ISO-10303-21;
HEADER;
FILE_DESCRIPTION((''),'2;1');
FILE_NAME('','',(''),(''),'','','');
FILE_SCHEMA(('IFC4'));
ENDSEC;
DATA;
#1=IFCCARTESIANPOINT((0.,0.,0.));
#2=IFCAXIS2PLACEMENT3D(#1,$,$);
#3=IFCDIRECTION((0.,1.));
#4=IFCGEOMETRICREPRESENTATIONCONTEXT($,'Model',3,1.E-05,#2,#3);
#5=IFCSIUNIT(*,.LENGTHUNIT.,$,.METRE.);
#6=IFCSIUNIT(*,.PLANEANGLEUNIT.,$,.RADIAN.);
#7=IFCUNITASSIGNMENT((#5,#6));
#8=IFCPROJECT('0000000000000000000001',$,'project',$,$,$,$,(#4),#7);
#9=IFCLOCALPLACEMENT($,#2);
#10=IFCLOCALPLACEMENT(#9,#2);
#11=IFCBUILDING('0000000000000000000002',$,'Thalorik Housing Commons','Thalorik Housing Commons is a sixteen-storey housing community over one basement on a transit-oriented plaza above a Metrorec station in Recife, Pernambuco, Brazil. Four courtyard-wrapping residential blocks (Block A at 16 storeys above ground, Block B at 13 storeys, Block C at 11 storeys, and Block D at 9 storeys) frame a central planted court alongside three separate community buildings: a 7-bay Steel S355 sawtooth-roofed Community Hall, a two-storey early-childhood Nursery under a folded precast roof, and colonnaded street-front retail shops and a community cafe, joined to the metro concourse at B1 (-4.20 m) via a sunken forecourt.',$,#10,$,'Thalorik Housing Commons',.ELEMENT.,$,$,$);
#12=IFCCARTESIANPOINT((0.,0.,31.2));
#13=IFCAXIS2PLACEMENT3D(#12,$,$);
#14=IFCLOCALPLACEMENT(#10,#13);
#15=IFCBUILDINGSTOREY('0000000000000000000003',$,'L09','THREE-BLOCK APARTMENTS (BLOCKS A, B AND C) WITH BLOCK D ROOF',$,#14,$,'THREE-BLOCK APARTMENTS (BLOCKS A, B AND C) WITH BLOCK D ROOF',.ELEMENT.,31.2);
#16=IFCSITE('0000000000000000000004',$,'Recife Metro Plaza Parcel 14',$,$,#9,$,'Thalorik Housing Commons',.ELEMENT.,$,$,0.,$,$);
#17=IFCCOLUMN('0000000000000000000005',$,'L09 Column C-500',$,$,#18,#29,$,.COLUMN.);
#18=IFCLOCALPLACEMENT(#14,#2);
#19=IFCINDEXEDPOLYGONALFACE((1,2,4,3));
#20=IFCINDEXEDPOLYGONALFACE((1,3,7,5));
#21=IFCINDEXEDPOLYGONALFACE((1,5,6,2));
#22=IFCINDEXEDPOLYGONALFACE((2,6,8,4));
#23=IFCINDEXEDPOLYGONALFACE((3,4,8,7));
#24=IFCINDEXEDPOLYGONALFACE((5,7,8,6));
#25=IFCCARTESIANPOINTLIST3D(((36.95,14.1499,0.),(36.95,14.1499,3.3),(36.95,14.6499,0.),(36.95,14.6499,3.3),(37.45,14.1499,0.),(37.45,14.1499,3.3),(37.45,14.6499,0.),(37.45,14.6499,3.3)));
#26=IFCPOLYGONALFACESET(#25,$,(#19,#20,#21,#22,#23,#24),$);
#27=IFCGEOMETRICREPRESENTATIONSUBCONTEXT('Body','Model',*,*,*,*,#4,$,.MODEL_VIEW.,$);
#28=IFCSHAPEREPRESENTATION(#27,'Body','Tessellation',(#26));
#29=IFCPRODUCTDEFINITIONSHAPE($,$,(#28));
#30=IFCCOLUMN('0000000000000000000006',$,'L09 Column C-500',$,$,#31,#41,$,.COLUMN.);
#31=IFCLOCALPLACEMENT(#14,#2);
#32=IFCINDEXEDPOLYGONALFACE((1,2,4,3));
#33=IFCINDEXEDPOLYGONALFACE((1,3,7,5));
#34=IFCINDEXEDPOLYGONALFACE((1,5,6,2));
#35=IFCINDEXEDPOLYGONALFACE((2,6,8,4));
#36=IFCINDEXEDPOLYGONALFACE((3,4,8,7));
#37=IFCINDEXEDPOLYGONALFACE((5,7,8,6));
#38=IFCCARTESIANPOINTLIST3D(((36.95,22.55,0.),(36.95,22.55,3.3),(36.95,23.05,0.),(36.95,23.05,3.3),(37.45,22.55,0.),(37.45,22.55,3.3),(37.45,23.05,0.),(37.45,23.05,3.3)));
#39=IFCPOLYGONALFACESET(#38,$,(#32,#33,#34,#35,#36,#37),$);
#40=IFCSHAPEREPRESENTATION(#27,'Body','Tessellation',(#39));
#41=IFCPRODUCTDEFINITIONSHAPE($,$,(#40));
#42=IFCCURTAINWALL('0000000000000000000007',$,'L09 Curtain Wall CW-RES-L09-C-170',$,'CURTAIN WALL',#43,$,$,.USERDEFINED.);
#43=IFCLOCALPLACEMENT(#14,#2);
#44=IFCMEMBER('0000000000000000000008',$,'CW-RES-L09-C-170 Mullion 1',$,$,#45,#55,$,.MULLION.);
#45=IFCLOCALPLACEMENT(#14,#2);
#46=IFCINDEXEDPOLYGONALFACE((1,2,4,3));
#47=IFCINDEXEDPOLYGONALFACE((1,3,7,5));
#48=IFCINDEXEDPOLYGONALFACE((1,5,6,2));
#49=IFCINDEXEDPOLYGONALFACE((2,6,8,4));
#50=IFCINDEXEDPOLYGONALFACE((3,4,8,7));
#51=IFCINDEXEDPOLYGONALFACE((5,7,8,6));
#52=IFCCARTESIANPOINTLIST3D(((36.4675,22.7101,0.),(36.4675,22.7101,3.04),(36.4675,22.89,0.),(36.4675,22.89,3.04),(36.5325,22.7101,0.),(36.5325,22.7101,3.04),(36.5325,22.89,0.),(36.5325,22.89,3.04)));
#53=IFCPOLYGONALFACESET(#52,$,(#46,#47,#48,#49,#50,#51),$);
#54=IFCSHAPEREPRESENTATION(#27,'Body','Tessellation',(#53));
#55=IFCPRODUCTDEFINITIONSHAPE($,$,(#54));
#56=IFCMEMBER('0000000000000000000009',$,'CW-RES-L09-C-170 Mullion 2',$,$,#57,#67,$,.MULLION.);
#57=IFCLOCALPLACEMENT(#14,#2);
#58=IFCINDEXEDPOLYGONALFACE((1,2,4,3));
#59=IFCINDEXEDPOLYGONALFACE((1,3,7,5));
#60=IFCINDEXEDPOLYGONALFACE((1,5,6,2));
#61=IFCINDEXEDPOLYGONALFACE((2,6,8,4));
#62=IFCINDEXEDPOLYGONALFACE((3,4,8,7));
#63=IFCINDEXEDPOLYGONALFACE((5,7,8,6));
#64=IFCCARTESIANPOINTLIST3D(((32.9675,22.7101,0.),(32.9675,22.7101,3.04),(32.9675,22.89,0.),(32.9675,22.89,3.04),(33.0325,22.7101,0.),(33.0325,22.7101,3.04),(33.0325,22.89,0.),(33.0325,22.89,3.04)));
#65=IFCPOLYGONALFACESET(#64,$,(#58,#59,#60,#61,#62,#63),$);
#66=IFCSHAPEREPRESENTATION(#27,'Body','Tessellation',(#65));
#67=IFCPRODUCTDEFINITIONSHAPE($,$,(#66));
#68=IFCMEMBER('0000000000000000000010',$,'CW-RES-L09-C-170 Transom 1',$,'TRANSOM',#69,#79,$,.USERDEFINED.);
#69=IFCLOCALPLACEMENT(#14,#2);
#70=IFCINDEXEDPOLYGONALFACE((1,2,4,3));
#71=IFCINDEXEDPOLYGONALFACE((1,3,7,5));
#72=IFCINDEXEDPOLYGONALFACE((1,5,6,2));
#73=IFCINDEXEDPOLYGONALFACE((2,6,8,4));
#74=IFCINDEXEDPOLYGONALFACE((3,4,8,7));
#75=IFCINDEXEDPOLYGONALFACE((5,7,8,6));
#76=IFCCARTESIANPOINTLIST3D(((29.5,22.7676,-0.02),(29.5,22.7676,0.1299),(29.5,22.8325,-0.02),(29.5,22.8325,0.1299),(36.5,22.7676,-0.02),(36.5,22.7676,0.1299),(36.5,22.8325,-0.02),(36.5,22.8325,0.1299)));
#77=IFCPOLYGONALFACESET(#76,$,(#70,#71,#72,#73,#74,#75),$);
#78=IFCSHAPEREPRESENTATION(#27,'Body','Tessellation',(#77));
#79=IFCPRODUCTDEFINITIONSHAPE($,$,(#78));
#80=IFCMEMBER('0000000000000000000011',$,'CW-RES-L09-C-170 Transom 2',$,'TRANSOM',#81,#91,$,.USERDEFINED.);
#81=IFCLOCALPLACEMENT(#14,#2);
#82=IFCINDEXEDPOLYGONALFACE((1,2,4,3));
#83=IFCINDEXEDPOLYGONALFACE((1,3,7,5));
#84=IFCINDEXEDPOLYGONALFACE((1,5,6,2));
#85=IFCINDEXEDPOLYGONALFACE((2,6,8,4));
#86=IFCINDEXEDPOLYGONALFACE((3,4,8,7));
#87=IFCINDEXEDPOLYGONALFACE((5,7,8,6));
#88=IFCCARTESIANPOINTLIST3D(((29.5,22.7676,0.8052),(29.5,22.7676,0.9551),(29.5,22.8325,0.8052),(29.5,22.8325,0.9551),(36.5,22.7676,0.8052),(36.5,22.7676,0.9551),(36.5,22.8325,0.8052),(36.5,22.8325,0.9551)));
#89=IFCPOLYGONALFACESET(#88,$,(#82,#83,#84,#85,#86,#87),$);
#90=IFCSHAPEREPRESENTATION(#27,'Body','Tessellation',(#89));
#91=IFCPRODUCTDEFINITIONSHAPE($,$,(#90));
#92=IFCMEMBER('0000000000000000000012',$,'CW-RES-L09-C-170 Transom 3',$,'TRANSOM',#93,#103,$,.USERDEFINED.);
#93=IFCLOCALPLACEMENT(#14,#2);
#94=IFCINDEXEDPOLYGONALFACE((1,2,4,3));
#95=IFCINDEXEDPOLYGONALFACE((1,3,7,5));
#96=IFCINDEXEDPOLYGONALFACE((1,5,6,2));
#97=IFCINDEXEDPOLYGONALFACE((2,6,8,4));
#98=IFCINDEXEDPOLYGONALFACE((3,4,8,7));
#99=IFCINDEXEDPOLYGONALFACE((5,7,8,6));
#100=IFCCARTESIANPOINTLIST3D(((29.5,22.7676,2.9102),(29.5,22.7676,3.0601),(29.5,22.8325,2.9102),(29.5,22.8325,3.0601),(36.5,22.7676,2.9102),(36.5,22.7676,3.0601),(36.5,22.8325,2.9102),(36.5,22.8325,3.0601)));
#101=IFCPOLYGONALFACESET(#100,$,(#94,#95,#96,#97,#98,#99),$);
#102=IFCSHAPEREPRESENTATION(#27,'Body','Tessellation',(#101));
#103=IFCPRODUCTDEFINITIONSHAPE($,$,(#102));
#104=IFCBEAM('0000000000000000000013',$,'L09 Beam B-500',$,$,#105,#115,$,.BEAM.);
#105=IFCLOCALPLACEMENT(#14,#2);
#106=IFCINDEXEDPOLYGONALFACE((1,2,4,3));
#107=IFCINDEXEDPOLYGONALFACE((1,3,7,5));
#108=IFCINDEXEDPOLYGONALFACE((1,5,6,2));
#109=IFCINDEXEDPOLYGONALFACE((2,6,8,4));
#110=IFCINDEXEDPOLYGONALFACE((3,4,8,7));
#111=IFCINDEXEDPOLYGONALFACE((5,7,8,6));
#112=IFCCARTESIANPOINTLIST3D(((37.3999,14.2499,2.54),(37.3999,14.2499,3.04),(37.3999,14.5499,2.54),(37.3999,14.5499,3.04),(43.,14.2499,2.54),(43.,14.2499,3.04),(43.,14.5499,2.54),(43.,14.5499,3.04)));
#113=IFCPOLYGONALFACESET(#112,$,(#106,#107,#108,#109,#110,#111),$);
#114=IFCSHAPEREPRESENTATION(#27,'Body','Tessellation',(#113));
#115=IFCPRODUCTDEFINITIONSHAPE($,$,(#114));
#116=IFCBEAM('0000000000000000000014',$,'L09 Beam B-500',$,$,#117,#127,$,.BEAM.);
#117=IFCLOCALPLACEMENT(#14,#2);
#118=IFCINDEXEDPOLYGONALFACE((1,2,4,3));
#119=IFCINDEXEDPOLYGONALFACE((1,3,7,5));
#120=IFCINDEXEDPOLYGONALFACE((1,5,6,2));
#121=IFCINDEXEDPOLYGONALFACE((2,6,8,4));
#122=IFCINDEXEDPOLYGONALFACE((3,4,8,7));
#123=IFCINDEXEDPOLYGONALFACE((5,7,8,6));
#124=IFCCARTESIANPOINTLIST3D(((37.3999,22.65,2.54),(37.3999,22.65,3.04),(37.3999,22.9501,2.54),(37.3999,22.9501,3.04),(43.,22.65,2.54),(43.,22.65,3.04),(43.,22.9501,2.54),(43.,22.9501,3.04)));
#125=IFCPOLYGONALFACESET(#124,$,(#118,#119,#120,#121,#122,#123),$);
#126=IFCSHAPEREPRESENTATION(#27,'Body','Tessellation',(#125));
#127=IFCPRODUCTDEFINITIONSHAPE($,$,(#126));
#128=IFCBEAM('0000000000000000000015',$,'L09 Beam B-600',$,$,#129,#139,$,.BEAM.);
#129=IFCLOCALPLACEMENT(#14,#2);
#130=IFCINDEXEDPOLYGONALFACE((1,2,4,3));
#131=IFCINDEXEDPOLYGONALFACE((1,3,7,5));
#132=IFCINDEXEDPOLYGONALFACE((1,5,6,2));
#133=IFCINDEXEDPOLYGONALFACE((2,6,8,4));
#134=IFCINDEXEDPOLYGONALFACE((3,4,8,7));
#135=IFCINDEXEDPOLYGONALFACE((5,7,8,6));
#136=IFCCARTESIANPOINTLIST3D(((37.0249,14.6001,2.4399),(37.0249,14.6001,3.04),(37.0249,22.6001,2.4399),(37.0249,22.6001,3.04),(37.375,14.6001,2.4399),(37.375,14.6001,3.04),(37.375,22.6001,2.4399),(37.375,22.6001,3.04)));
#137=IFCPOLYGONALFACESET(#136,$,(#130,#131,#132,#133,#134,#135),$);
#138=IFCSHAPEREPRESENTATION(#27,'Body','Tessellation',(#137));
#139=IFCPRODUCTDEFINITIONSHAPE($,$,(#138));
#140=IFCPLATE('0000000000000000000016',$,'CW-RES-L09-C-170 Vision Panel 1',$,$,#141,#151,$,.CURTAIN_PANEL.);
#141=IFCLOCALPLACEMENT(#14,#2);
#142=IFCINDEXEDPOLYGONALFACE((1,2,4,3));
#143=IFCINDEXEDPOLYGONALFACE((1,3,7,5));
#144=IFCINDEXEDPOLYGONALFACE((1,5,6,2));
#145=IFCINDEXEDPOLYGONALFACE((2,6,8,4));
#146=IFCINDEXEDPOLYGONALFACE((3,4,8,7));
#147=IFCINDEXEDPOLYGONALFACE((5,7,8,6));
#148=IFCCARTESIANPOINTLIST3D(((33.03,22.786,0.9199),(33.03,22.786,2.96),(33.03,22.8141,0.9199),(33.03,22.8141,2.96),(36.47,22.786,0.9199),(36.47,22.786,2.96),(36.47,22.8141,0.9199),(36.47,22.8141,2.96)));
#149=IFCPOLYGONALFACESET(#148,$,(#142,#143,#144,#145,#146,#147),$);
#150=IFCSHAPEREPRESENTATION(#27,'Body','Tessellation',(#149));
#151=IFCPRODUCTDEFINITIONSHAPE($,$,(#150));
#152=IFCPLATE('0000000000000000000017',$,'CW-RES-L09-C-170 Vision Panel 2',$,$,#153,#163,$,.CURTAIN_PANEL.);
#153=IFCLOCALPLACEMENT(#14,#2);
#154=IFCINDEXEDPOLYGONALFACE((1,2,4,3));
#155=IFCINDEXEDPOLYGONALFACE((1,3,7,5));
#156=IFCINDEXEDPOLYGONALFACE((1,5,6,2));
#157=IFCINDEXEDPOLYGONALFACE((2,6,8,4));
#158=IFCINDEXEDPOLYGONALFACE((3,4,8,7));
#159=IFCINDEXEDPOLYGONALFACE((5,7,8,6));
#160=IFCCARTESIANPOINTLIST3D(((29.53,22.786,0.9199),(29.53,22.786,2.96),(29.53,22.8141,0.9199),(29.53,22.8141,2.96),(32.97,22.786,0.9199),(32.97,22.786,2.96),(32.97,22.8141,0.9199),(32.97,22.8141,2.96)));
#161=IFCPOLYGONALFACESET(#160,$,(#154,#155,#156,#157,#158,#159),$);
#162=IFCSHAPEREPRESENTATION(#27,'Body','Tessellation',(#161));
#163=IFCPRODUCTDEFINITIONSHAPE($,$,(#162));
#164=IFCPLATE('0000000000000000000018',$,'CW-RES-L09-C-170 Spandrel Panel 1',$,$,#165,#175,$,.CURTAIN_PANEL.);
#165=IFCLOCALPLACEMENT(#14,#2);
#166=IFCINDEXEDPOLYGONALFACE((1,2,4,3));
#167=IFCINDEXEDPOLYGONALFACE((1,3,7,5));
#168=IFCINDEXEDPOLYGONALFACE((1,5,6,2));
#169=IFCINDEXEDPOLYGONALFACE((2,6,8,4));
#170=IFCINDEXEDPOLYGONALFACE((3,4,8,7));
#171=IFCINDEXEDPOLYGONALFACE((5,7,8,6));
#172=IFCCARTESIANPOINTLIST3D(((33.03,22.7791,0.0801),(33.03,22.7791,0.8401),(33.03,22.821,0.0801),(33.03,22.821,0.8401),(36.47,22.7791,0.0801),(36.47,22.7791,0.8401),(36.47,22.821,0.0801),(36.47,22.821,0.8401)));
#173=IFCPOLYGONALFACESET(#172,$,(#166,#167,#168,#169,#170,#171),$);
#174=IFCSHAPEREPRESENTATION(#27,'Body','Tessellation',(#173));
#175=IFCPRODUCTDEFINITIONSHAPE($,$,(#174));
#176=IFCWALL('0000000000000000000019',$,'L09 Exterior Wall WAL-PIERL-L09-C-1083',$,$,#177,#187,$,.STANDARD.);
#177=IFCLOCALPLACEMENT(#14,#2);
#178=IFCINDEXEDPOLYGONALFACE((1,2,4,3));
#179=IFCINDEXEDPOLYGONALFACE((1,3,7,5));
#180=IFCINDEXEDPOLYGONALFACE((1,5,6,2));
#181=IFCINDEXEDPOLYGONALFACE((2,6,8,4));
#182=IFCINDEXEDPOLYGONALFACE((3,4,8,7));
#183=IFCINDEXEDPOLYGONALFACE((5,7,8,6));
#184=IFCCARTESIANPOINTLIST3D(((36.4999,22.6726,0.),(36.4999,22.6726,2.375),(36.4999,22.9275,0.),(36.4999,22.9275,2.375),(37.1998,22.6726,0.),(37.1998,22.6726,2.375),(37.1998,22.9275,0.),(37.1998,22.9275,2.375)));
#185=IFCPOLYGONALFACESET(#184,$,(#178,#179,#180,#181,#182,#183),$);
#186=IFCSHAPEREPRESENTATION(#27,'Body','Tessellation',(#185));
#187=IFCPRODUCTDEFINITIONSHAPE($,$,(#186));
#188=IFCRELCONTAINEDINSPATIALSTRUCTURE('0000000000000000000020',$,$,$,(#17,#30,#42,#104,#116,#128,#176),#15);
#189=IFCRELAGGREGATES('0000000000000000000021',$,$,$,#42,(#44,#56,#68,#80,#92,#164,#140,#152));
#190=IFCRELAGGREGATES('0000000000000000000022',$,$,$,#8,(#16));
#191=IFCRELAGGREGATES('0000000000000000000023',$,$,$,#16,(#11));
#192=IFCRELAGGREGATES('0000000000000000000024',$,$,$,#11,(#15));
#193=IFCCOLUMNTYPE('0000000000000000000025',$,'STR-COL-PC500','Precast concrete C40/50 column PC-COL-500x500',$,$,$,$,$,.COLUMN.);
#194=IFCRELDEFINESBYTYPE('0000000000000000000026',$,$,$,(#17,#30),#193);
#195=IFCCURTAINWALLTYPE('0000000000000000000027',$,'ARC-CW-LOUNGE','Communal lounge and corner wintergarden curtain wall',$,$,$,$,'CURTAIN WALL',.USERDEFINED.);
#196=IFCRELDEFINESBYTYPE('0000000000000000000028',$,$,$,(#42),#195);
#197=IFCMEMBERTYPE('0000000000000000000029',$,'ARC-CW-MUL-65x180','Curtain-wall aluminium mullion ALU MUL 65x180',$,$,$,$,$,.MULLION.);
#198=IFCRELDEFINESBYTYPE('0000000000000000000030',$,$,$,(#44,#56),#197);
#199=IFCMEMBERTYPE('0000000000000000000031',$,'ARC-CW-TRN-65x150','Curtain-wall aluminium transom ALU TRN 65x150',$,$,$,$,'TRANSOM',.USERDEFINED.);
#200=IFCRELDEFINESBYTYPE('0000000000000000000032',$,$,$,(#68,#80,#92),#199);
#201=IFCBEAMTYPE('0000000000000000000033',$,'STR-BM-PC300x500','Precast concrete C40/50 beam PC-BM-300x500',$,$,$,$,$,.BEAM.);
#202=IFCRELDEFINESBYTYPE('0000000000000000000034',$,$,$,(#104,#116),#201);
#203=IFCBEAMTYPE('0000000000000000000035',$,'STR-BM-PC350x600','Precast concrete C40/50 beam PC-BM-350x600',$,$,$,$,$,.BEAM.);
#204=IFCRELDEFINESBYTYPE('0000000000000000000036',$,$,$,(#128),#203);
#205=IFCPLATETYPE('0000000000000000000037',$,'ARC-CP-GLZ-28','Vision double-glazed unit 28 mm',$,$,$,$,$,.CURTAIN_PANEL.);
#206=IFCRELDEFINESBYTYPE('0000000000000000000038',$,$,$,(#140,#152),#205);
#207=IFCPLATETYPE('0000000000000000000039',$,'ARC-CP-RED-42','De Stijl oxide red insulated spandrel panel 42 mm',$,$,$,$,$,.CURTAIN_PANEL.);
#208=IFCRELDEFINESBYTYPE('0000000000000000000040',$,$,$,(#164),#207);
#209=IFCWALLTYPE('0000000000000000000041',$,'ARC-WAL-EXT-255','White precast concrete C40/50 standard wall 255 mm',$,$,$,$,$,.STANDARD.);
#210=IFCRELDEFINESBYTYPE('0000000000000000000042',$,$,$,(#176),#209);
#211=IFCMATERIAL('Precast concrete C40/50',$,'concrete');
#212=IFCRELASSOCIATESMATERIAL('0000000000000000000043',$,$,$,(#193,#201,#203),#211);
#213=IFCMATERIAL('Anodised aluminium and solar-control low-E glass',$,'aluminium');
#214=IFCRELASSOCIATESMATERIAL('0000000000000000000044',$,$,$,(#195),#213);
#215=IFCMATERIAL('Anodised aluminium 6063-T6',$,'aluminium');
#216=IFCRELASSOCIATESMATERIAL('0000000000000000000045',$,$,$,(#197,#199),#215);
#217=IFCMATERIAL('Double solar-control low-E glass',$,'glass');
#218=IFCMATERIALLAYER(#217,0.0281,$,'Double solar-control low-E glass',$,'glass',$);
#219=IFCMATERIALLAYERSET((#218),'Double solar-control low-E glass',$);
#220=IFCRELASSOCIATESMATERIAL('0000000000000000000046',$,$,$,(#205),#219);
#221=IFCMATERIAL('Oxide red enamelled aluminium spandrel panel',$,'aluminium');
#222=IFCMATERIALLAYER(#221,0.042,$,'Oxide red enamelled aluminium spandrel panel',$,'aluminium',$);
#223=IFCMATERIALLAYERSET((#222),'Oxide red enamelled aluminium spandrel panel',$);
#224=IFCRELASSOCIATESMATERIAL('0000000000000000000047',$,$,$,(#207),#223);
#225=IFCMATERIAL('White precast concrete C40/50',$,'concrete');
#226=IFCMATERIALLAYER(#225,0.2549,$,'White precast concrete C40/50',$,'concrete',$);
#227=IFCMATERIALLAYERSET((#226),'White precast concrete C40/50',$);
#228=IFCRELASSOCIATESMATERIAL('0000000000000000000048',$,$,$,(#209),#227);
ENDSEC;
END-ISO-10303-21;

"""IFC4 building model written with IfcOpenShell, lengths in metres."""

from ifc_helpers import new_model, si_unit, direction, frame, frame_2d, origin, origin_2d, place, context, subcontext, project, spatial, rectangle, extrude, material, layer, layer_set, material_profile, profile_set, type_object, element, aggregate, save


model = new_model("IFC4")

# Units and contexts
model_context = context("Model", 3, precision=1e-05, world=origin(), true_north=direction((0.0, 1.0)))
body_context = subcontext(model_context, "Body", "Model", "MODEL_VIEW")
ifc_project = project(units=[si_unit("LENGTHUNIT", "METRE"), si_unit("PLANEANGLEUNIT", "RADIAN")], contexts=[model_context])

# Site, building, storey
site_placement = place(None, origin())
site = spatial("IfcSite", under=ifc_project, at=site_placement, Name="Recife Metro Plaza Parcel 14", LongName="Thalorik Housing Commons", CompositionType="ELEMENT", RefElevation=0.0)
building_placement = place(site_placement, origin())
building = spatial("IfcBuilding", under=site, at=building_placement, Name="Thalorik Housing Commons", Description="Thalorik Housing Commons is a sixteen-storey housing community over one basement on a transit-oriented plaza above a Metrorec station in Recife, Pernambuco, Brazil. Four courtyard-wrapping residential blocks (Block A at 16 storeys above ground, Block B at 13 storeys, Block C at 11 storeys, and Block D at 9 storeys) frame a central planted court alongside three separate community buildings: a 7-bay Steel S355 sawtooth-roofed Community Hall, a two-storey early-childhood Nursery under a folded precast roof, and colonnaded street-front retail shops and a community cafe, joined to the metro concourse at B1 (-4.20 m) via a sunken forecourt.", LongName="Thalorik Housing Commons", CompositionType="ELEMENT")
storey_placement = place(building_placement, frame((0.0, 0.0, 31.2)))
storey = spatial("IfcBuildingStorey", under=building, at=storey_placement, Name="L09", Description="THREE-BLOCK APARTMENTS (BLOCKS A, B AND C) WITH BLOCK D ROOF", LongName="THREE-BLOCK APARTMENTS (BLOCKS A, B AND C) WITH BLOCK D ROOF", CompositionType="ELEMENT", Elevation=31.2)

# Columns
ifc_material_1 = material(Name="Precast concrete C40/50", Category="concrete")
ifc_material_profile_1 = material_profile(ifc_material_1, rectangle(XDim=0.5, YDim=0.5, at=origin_2d()), Name="PC 500x500", Category="concrete")
ifc_profile_set_1 = profile_set([ifc_material_profile_1], Name="Precast concrete C40/50")
column_type = type_object("IfcColumnType", Name="STR-COL-PC500", Description="Precast concrete C40/50 column PC-COL-500x500", PredefinedType="COLUMN", material=ifc_profile_set_1)
for number, where, z_axis, x_axis, name in (
    (1, (37.2, 14.3999, 0.0), (0.0, 0.0, 1.0), (1.0, 0.0, 0.0), "L09 Column C-500"),
    (2, (37.2, 22.8, 0.0), (0.0, 0.0, 1.0), (1.0, 0.0, 0.0), "L09 Column C-500"),
):
    element("IfcColumn", number, at=place(storey_placement, frame(where, z_axis=z_axis, x_axis=x_axis)), inside=storey, type_object=column_type, Name=name, PredefinedType="COLUMN", context=body_context, shape_type="SweptSolid", body=[
        extrude(rectangle(XDim=0.5, YDim=0.5, at=origin_2d()), origin(), (0.0, 0.0, 1.0), 3.3),
    ])

# Curtain wall, members
ifc_material_2 = material(Name="Anodised aluminium and solar-control low-E glass", Category="aluminium")
curtain_wall_type = type_object("IfcCurtainWallType", Name="ARC-CW-LOUNGE", Description="Communal lounge and corner wintergarden curtain wall", ElementType="CURTAIN WALL", PredefinedType="USERDEFINED", material=ifc_material_2)
curtain_wall_placement = place(storey_placement, origin())
curtain_wall = element("IfcCurtainWall", 3, at=curtain_wall_placement, inside=storey, type_object=curtain_wall_type, Name="L09 Curtain Wall CW-RES-L09-C-170", ObjectType="CURTAIN WALL", PredefinedType="USERDEFINED")
ifc_material_3 = material(Name="Anodised aluminium 6063-T6", Category="aluminium")
ifc_material_profile_2 = material_profile(ifc_material_3, rectangle(XDim=0.0649, YDim=0.1799, at=origin_2d()), Name="ALU MUL 65x180", Category="aluminium")
ifc_profile_set_2 = profile_set([ifc_material_profile_2], Name="Anodised aluminium 6063-T6")
member_type_1 = type_object("IfcMemberType", Name="ARC-CW-MUL-65x180", Description="Curtain-wall aluminium mullion ALU MUL 65x180", PredefinedType="MULLION", material=ifc_profile_set_2)
member_1_placement = place(storey_placement, frame((36.5, 22.8, 0.0), z_axis=(0.0, 0.0, 1.0), x_axis=(-1.0, 0.0, 0.0)))
member_1 = element("IfcMember", 4, at=member_1_placement, type_object=member_type_1, Name="CW-RES-L09-C-170 Mullion 1", PredefinedType="MULLION", context=body_context, shape_type="SweptSolid", body=[
    extrude(rectangle(XDim=0.0649, YDim=0.1799, at=origin_2d()), origin(), (0.0, 0.0, 1.0), 3.04),
])
member_2_placement = place(storey_placement, frame((33.0, 22.8, 0.0), z_axis=(0.0, 0.0, 1.0), x_axis=(-1.0, 0.0, 0.0)))
member_2 = element("IfcMember", 5, at=member_2_placement, type_object=member_type_1, Name="CW-RES-L09-C-170 Mullion 2", PredefinedType="MULLION", context=body_context, shape_type="SweptSolid", body=[
    extrude(rectangle(XDim=0.0649, YDim=0.1799, at=origin_2d()), origin(), (0.0, 0.0, 1.0), 3.04),
])
ifc_material_profile_3 = material_profile(ifc_material_3, rectangle(XDim=0.0649, YDim=0.1499, at=origin_2d()), Name="ALU TRN 65x150", Category="aluminium")
ifc_profile_set_3 = profile_set([ifc_material_profile_3], Name="Anodised aluminium 6063-T6")
member_type_2 = type_object("IfcMemberType", Name="ARC-CW-TRN-65x150", Description="Curtain-wall aluminium transom ALU TRN 65x150", ElementType="TRANSOM", PredefinedType="USERDEFINED", material=ifc_profile_set_3)
member_3_placement = place(storey_placement, frame((36.5, 22.8, 0.0549), z_axis=(-1.0, 0.0, 0.0), x_axis=(0.0, -1.0, 0.0)))
member_3 = element("IfcMember", 6, at=member_3_placement, type_object=member_type_2, Name="CW-RES-L09-C-170 Transom 1", ObjectType="TRANSOM", PredefinedType="USERDEFINED", context=body_context, shape_type="SweptSolid", body=[
    extrude(rectangle(XDim=0.0649, YDim=0.1499, at=origin_2d()), origin(), (0.0, 0.0, 1.0), 7.0),
])
member_4_placement = place(storey_placement, frame((36.5, 22.8, 0.8801), z_axis=(-1.0, 0.0, 0.0), x_axis=(0.0, -1.0, 0.0)))
member_4 = element("IfcMember", 7, at=member_4_placement, type_object=member_type_2, Name="CW-RES-L09-C-170 Transom 2", ObjectType="TRANSOM", PredefinedType="USERDEFINED", context=body_context, shape_type="SweptSolid", body=[
    extrude(rectangle(XDim=0.0649, YDim=0.1499, at=origin_2d()), origin(), (0.0, 0.0, 1.0), 7.0),
])
member_5_placement = place(storey_placement, frame((36.5, 22.8, 2.9851), z_axis=(-1.0, 0.0, 0.0), x_axis=(0.0, -1.0, 0.0)))
member_5 = element("IfcMember", 8, at=member_5_placement, type_object=member_type_2, Name="CW-RES-L09-C-170 Transom 3", ObjectType="TRANSOM", PredefinedType="USERDEFINED", context=body_context, shape_type="SweptSolid", body=[
    extrude(rectangle(XDim=0.0649, YDim=0.1499, at=origin_2d()), origin(), (0.0, 0.0, 1.0), 7.0),
])

# Beams
ifc_material_profile_4 = material_profile(ifc_material_1, rectangle(XDim=0.3, YDim=0.5, at=origin_2d()), Name="PC 300x500", Category="concrete")
ifc_profile_set_4 = profile_set([ifc_material_profile_4], Name="Precast concrete C40/50")
beam_type_1 = type_object("IfcBeamType", Name="STR-BM-PC300x500", Description="Precast concrete C40/50 beam PC-BM-300x500", PredefinedType="BEAM", material=ifc_profile_set_4)
for number, where, z_axis, x_axis, name in (
    (9, (37.3999, 14.3999, 2.79), (1.0, 0.0, 0.0), (0.0, 1.0, 0.0), "L09 Beam B-500"),
    (10, (37.3999, 22.8, 2.79), (1.0, 0.0, 0.0), (0.0, 1.0, 0.0), "L09 Beam B-500"),
):
    element("IfcBeam", number, at=place(storey_placement, frame(where, z_axis=z_axis, x_axis=x_axis)), inside=storey, type_object=beam_type_1, Name=name, PredefinedType="BEAM", context=body_context, shape_type="SweptSolid", body=[
        extrude(rectangle(XDim=0.3, YDim=0.5, at=origin_2d()), origin(), (0.0, 0.0, 1.0), 5.6001),
    ])
ifc_material_profile_5 = material_profile(ifc_material_1, rectangle(XDim=0.3501, YDim=0.6001, at=origin_2d()), Name="PC 350x600", Category="concrete")
ifc_profile_set_5 = profile_set([ifc_material_profile_5], Name="Precast concrete C40/50")
beam_type_2 = type_object("IfcBeamType", Name="STR-BM-PC350x600", Description="Precast concrete C40/50 beam PC-BM-350x600", PredefinedType="BEAM", material=ifc_profile_set_5)
beam_placement = place(storey_placement, frame((37.2, 14.6001, 2.74), z_axis=(0.0, 1.0, 0.0), x_axis=(-1.0, 0.0, 0.0)))
element("IfcBeam", 11, at=beam_placement, inside=storey, type_object=beam_type_2, Name="L09 Beam B-600", PredefinedType="BEAM", context=body_context, shape_type="SweptSolid", body=[
    extrude(rectangle(XDim=0.3501, YDim=0.6001, at=origin_2d()), origin(), (0.0, 0.0, 1.0), 8.0),
])

# Plates
ifc_material_4 = material(Name="Double solar-control low-E glass", Category="glass")
ifc_layer_1 = layer(ifc_material_4, 0.0281, Name="Double solar-control low-E glass", Category="glass")
ifc_layer_set_1 = layer_set([ifc_layer_1], Name="Double solar-control low-E glass")
plate_type_1 = type_object("IfcPlateType", Name="ARC-CP-GLZ-28", Description="Vision double-glazed unit 28 mm", PredefinedType="CURTAIN_PANEL", material=ifc_layer_set_1)
plate_1_placement = place(storey_placement, frame((34.75, 22.8, 0.9199), z_axis=(0.0, 0.0, 1.0), x_axis=(-1.0, 0.0, 0.0)))
plate_1 = element("IfcPlate", 12, at=plate_1_placement, type_object=plate_type_1, Name="CW-RES-L09-C-170 Vision Panel 1", PredefinedType="CURTAIN_PANEL", context=body_context, shape_type="SweptSolid", body=[
    extrude(rectangle(XDim=3.4399, YDim=0.0281, at=origin_2d()), origin(), (0.0, 0.0, 1.0), 2.04),
])
plate_2_placement = place(storey_placement, frame((31.25, 22.8, 0.9199), z_axis=(0.0, 0.0, 1.0), x_axis=(-1.0, 0.0, 0.0)))
plate_2 = element("IfcPlate", 13, at=plate_2_placement, type_object=plate_type_1, Name="CW-RES-L09-C-170 Vision Panel 2", PredefinedType="CURTAIN_PANEL", context=body_context, shape_type="SweptSolid", body=[
    extrude(rectangle(XDim=3.4399, YDim=0.0281, at=origin_2d()), origin(), (0.0, 0.0, 1.0), 2.04),
])
ifc_material_5 = material(Name="Oxide red enamelled aluminium spandrel panel", Category="aluminium")
ifc_layer_2 = layer(ifc_material_5, 0.042, Name="Oxide red enamelled aluminium spandrel panel", Category="aluminium")
ifc_layer_set_2 = layer_set([ifc_layer_2], Name="Oxide red enamelled aluminium spandrel panel")
plate_type_2 = type_object("IfcPlateType", Name="ARC-CP-RED-42", Description="De Stijl oxide red insulated spandrel panel 42 mm", PredefinedType="CURTAIN_PANEL", material=ifc_layer_set_2)
plate_3_placement = place(storey_placement, frame((34.75, 22.8, 0.0801), z_axis=(0.0, 0.0, 1.0), x_axis=(-1.0, 0.0, 0.0)))
plate_3 = element("IfcPlate", 14, at=plate_3_placement, type_object=plate_type_2, Name="CW-RES-L09-C-170 Spandrel Panel 1", PredefinedType="CURTAIN_PANEL", context=body_context, shape_type="SweptSolid", body=[
    extrude(rectangle(XDim=3.4399, YDim=0.042, at=origin_2d()), origin(), (0.0, 0.0, 1.0), 0.76),
])
aggregate(curtain_wall, [member_1, member_2, member_3, member_4, member_5, plate_3, plate_1, plate_2])

# Wall
ifc_material_6 = material(Name="White precast concrete C40/50", Category="concrete")
ifc_layer_3 = layer(ifc_material_6, 0.2549, Name="White precast concrete C40/50", Category="concrete")
ifc_layer_set_3 = layer_set([ifc_layer_3], Name="White precast concrete C40/50")
wall_type_1 = type_object("IfcWallType", Name="ARC-WAL-EXT-255", Description="White precast concrete C40/50 standard wall 255 mm", PredefinedType="STANDARD", material=ifc_layer_set_3)
wall_1_placement = place(storey_placement, frame((37.2, 22.8, 0.0), z_axis=(0.0, 0.0, 1.0), x_axis=(-1.0, 0.0, 0.0)))
element("IfcWall", 15, at=wall_1_placement, inside=storey, type_object=wall_type_1, Name="L09 Exterior Wall WAL-PIERL-L09-C-1083", PredefinedType="STANDARD", context=body_context, shape_type="SweptSolid", body=[
    extrude(rectangle(XDim=0.7, YDim=0.2549, at=frame_2d((0.3501, 0.0))), origin(), (0.0, 0.0, 1.0), 2.375),
])

save(model, "model.ifc")
